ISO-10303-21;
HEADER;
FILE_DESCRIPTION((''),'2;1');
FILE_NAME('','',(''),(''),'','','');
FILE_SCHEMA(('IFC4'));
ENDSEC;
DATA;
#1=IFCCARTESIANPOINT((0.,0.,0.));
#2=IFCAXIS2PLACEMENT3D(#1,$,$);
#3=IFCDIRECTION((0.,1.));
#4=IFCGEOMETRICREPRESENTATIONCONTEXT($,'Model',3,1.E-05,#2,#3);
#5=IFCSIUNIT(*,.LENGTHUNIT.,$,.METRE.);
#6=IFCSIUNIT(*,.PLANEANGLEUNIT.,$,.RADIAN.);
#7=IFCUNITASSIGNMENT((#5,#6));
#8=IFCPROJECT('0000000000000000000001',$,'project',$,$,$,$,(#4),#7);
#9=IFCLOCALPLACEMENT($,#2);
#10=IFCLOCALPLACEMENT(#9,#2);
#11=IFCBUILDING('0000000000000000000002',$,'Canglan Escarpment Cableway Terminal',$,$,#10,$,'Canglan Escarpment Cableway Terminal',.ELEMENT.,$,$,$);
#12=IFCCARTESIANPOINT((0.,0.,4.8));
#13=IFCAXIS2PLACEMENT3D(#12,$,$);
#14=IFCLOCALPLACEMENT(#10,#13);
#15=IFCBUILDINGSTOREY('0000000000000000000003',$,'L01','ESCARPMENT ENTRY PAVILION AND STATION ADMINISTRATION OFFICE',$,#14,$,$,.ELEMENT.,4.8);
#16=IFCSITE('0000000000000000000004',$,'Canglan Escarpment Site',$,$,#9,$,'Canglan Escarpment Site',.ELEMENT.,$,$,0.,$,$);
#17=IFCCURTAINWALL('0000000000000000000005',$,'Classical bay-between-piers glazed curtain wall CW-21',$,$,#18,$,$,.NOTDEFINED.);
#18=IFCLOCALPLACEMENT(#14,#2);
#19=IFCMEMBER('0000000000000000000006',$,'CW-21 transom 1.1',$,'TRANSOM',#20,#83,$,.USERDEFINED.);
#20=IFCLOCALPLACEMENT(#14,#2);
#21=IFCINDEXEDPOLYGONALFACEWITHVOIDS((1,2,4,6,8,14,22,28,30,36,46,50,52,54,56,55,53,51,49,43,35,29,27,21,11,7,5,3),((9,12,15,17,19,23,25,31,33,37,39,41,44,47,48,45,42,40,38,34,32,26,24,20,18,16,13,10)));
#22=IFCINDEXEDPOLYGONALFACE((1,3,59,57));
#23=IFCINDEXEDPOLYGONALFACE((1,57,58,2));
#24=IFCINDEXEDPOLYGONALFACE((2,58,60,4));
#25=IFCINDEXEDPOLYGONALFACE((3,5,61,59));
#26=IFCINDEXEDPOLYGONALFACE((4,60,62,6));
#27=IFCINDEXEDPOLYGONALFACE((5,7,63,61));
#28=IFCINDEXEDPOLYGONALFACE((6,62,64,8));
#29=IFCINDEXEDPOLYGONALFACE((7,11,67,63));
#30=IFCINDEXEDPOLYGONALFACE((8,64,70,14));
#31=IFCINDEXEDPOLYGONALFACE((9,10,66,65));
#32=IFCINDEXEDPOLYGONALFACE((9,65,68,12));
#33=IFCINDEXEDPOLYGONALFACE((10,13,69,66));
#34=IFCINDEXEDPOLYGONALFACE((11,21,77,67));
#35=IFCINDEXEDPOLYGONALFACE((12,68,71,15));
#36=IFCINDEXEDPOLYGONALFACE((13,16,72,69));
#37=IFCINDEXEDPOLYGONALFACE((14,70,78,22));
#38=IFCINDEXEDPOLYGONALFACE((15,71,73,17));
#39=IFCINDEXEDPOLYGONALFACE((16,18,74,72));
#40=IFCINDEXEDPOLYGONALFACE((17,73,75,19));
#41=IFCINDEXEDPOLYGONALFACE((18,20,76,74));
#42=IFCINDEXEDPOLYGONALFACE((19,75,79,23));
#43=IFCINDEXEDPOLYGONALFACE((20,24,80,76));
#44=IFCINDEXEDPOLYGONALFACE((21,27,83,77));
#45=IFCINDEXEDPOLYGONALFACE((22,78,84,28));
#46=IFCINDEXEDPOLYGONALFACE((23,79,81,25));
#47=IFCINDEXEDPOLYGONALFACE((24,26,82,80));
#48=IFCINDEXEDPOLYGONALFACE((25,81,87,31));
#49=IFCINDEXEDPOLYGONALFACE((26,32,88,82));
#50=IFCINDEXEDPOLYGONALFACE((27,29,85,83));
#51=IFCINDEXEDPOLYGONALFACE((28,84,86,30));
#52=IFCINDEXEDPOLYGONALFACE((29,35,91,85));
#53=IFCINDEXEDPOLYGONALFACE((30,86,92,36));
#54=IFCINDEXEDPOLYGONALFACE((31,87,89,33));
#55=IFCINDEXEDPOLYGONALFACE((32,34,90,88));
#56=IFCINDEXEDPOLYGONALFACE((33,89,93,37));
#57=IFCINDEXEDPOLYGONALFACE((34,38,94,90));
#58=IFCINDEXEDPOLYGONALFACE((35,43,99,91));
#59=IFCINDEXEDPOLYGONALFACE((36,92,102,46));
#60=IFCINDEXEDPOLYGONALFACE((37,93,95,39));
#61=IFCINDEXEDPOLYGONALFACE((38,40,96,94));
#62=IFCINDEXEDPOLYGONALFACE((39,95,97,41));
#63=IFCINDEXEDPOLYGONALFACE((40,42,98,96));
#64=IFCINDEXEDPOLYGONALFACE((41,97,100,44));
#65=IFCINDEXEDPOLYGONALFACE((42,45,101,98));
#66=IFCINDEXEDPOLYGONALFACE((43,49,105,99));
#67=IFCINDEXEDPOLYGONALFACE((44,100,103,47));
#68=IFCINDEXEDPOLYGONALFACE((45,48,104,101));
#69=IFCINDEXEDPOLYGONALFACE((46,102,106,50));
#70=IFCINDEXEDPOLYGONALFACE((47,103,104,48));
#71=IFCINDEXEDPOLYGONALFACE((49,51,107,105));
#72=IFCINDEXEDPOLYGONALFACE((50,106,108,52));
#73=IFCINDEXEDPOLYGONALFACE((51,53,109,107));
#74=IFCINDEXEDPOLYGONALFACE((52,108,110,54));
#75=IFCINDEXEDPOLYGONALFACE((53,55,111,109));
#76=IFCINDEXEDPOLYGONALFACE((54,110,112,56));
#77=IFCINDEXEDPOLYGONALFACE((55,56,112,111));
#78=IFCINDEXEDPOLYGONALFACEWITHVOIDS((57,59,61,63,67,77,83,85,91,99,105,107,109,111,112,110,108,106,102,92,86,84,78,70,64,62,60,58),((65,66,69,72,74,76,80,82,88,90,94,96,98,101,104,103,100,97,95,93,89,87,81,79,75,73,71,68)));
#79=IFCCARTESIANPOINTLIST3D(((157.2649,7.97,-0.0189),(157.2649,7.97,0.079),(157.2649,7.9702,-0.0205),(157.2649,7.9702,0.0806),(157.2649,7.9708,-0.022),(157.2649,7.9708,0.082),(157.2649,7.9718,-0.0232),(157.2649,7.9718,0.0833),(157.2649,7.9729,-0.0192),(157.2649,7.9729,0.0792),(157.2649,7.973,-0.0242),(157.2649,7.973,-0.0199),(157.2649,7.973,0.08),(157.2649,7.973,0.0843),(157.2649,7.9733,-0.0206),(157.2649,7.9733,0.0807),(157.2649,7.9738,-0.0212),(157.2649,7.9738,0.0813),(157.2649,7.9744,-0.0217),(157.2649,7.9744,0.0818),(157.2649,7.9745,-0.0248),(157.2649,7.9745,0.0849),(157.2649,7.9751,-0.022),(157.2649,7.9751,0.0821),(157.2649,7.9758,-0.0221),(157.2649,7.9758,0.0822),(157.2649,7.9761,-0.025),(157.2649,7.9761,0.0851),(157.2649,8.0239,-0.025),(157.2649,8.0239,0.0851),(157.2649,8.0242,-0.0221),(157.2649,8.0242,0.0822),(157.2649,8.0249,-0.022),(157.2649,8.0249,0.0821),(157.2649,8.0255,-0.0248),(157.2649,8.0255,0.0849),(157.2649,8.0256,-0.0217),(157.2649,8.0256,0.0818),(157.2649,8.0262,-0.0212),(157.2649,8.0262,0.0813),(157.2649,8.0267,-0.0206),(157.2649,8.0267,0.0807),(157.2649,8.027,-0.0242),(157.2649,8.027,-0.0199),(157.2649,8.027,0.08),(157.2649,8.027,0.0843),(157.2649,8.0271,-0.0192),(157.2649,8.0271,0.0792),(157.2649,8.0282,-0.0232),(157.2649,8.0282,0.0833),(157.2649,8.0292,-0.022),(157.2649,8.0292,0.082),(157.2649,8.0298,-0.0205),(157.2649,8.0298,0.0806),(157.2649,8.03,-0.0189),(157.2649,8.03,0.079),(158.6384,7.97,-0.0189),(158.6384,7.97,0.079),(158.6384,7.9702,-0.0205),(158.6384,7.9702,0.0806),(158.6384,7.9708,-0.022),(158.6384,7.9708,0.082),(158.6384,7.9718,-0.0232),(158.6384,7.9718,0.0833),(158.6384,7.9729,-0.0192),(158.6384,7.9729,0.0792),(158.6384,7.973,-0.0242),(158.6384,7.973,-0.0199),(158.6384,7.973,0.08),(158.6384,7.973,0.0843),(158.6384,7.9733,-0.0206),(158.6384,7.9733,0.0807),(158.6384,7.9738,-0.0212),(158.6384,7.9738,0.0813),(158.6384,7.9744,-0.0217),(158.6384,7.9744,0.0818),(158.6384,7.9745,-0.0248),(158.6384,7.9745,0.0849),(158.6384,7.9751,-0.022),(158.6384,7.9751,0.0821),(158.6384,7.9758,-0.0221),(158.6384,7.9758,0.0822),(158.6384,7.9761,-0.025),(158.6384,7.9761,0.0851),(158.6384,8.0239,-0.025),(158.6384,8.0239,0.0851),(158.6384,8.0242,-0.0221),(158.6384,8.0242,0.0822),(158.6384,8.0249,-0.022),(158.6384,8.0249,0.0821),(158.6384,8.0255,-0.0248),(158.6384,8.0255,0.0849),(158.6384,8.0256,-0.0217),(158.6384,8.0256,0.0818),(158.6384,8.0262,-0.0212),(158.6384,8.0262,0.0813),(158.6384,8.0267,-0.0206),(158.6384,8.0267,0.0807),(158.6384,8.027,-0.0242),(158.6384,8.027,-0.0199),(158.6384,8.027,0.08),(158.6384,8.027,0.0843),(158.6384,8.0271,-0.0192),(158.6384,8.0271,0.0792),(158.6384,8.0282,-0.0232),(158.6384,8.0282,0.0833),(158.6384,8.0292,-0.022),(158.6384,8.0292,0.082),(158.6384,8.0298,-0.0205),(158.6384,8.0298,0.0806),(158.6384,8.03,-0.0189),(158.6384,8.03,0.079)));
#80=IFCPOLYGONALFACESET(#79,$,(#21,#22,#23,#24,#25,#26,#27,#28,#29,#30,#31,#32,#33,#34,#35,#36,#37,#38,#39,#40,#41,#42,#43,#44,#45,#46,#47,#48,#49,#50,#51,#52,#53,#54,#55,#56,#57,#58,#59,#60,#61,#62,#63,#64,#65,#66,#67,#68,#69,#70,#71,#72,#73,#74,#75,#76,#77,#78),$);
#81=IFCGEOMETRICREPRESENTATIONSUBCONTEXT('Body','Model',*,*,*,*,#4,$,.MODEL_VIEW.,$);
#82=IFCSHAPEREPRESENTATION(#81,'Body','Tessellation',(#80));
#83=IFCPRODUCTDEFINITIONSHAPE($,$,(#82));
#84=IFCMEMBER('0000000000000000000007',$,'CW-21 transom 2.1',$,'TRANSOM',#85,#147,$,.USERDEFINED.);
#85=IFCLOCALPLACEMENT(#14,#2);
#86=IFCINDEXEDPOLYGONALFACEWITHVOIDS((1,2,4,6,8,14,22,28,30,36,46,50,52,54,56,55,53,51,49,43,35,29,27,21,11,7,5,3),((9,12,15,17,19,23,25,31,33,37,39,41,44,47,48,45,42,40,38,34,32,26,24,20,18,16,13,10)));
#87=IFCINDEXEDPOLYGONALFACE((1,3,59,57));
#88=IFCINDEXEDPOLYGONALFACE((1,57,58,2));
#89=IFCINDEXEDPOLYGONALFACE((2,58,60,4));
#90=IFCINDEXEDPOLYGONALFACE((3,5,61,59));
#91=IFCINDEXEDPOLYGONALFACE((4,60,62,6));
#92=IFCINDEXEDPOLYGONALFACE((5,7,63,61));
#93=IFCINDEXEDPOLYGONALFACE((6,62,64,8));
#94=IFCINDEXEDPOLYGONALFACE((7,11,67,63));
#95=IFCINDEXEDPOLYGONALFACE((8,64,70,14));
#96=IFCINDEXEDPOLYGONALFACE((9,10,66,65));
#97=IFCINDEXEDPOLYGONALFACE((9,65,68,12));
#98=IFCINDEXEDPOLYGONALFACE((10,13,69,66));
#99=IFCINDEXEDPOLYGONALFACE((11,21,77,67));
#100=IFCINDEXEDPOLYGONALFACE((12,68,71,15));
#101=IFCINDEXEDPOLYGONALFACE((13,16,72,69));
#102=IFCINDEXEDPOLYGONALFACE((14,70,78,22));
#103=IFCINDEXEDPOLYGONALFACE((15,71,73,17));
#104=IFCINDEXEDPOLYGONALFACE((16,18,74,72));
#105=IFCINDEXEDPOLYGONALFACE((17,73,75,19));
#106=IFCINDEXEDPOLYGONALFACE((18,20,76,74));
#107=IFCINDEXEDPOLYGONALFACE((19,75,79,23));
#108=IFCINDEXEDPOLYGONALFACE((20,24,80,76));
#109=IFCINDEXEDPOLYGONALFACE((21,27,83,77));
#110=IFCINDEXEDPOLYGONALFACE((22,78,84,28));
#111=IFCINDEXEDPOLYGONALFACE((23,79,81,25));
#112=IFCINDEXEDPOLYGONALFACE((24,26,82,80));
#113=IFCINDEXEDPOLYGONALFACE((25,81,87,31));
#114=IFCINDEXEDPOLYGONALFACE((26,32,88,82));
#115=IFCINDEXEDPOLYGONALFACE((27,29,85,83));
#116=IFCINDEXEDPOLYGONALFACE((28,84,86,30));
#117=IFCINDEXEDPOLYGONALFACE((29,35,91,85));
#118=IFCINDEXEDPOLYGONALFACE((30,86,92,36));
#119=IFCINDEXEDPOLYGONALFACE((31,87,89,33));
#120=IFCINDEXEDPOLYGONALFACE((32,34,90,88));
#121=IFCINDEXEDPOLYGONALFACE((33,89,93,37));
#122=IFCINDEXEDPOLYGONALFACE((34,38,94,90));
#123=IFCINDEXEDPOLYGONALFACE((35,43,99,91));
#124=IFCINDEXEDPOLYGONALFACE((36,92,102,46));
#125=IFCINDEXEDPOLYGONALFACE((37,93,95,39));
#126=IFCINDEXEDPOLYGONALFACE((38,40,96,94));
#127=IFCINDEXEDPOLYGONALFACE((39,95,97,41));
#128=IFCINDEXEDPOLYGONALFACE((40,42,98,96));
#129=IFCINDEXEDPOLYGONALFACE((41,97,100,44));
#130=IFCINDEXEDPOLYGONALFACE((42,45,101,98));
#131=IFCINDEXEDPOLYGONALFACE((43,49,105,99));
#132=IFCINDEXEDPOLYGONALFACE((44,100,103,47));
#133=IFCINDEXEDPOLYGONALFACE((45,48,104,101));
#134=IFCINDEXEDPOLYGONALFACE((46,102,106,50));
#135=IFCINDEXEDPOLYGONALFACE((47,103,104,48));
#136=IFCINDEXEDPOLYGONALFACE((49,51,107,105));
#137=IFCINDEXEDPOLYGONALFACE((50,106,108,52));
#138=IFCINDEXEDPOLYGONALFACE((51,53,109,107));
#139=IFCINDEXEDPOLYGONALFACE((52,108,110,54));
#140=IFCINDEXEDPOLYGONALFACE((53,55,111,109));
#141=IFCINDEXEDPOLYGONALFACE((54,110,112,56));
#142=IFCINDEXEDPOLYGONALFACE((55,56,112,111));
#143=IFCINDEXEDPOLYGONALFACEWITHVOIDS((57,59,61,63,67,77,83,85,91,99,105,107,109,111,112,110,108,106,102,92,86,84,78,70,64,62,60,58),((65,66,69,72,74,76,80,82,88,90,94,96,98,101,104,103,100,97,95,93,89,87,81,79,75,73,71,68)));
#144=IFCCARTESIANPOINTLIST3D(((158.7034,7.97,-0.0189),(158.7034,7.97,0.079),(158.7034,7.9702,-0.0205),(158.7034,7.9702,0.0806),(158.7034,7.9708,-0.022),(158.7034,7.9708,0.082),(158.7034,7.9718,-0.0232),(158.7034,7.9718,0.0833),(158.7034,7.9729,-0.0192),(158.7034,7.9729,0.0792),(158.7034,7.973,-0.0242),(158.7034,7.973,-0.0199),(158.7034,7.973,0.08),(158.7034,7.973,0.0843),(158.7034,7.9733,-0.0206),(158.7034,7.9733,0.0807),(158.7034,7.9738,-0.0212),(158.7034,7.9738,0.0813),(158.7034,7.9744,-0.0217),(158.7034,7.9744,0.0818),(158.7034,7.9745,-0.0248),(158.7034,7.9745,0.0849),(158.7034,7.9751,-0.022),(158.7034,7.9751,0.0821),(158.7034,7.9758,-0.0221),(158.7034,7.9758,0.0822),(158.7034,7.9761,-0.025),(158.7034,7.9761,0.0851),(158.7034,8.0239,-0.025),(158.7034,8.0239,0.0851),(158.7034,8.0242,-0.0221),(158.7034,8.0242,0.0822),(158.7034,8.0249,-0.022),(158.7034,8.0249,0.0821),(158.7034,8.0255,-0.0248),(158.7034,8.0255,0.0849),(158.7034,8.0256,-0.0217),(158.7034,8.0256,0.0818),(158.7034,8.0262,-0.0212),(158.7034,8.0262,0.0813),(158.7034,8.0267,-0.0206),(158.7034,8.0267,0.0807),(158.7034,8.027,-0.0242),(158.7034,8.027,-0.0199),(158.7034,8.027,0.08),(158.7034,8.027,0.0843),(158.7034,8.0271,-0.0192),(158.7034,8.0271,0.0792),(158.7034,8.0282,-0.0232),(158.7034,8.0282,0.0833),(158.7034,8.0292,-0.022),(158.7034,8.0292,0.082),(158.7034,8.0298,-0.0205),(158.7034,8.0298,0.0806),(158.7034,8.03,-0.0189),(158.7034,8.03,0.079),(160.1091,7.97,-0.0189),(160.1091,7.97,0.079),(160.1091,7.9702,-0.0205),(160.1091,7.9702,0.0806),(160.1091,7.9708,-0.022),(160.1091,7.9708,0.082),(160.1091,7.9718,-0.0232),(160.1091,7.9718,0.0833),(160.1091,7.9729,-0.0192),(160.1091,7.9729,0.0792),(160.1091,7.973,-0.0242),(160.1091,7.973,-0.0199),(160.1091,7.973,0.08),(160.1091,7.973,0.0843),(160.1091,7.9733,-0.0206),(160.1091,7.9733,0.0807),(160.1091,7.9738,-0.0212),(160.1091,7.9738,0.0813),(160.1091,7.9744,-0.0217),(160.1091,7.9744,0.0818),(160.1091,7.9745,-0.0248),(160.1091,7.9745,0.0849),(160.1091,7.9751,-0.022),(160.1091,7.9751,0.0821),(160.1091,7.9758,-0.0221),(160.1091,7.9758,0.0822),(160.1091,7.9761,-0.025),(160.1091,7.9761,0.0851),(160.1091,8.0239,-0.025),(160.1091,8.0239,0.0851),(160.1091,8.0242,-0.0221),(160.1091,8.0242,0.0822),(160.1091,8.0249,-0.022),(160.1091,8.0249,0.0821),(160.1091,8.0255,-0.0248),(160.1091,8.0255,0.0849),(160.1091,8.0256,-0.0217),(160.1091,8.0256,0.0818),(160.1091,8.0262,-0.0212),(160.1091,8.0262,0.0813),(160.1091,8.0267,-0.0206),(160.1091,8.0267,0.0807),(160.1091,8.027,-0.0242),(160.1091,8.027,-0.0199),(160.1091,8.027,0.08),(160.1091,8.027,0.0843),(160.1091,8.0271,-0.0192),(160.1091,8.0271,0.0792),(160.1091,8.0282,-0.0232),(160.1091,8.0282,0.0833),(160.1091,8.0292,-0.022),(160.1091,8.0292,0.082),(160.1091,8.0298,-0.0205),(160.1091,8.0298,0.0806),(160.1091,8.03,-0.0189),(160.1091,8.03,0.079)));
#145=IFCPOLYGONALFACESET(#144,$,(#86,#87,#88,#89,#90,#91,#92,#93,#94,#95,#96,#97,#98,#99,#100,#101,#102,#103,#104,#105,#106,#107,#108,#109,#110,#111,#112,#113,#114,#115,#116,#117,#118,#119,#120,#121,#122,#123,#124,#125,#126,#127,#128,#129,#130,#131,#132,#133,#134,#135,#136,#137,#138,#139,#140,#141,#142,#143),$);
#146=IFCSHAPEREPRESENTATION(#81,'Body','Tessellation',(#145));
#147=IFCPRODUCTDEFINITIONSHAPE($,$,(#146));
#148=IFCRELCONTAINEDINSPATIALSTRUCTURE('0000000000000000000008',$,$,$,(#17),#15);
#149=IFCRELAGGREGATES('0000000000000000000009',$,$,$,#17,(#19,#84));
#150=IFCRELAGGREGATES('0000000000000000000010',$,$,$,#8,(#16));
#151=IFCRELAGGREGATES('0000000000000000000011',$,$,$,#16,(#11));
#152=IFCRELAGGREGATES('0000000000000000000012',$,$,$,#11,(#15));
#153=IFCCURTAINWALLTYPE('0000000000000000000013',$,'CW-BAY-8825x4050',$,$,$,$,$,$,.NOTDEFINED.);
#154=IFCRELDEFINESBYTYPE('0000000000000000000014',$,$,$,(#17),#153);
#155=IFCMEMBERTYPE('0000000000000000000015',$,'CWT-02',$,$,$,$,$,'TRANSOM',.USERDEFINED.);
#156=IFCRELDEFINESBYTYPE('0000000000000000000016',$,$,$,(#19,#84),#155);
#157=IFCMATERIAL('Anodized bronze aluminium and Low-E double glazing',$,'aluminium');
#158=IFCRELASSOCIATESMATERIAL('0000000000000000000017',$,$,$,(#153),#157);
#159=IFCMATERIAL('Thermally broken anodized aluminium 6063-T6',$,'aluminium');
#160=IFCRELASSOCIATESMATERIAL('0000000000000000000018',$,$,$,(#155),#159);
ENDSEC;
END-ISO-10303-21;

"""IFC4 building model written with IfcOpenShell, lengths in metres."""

from ifc_helpers import new_model, si_unit, direction, frame, origin, origin_2d, place, context, subcontext, project, spatial, hollow_rectangle, extrude, material, material_profile, profile_set, type_object, element, aggregate, save


model = new_model("IFC4")

# Units and contexts
model_context = context("Model", 3, precision=1e-05, world=origin(), true_north=direction((0.0, 1.0)))
body_context = subcontext(model_context, "Body", "Model", "MODEL_VIEW")
ifc_project = project(units=[si_unit("LENGTHUNIT", "METRE"), si_unit("PLANEANGLEUNIT", "RADIAN")], contexts=[model_context])

# Site, building, storey
site_placement = place(None, origin())
site = spatial("IfcSite", under=ifc_project, at=site_placement, Name="Canglan Escarpment Site", LongName="Canglan Escarpment Site", CompositionType="ELEMENT", RefElevation=0.0)
building_placement = place(site_placement, origin())
building = spatial("IfcBuilding", under=site, at=building_placement, Name="Canglan Escarpment Cableway Terminal", LongName="Canglan Escarpment Cableway Terminal", CompositionType="ELEMENT")
storey_placement = place(building_placement, frame((0.0, 0.0, 4.8)))
storey = spatial("IfcBuildingStorey", under=building, at=storey_placement, Name="L01", Description="ESCARPMENT ENTRY PAVILION AND STATION ADMINISTRATION OFFICE", CompositionType="ELEMENT", Elevation=4.8)

# Curtain wall, members
ifc_material_1 = material(Name="Anodized bronze aluminium and Low-E double glazing", Category="aluminium")
curtain_wall_type = type_object("IfcCurtainWallType", Name="CW-BAY-8825x4050", PredefinedType="NOTDEFINED", material=ifc_material_1)
curtain_wall_placement = place(storey_placement, origin())
curtain_wall = element("IfcCurtainWall", 1, at=curtain_wall_placement, inside=storey, type_object=curtain_wall_type, Name="Classical bay-between-piers glazed curtain wall CW-21", PredefinedType="NOTDEFINED")
ifc_material_2 = material(Name="Thermally broken anodized aluminium 6063-T6", Category="aluminium")
ifc_material_profile_1 = material_profile(ifc_material_2, hollow_rectangle(XDim=0.0601, YDim=0.1101, WallThickness=0.0029, InnerFilletRadius=0.0029, OuterFilletRadius=0.0061, at=origin_2d()), Name="ALU-TRAN 60x110x3")
ifc_profile_set_1 = profile_set([ifc_material_profile_1], Name="Thermally broken anodized aluminium 6063-T6")
member_type_1 = type_object("IfcMemberType", Name="CWT-02", ElementType="TRANSOM", PredefinedType="USERDEFINED", material=ifc_profile_set_1)
member_1_placement = place(storey_placement, frame((157.2649, 8.0, 0.03), z_axis=(1.0, 0.0, 0.0), x_axis=(0.0, 1.0, 0.0)))
member_1 = element("IfcMember", 2, at=member_1_placement, type_object=member_type_1, Name="CW-21 transom 1.1", ObjectType="TRANSOM", PredefinedType="USERDEFINED", context=body_context, shape_type="SweptSolid", body=[
    extrude(hollow_rectangle(XDim=0.0601, YDim=0.1101, WallThickness=0.0029, InnerFilletRadius=0.0029, OuterFilletRadius=0.0061, at=origin_2d()), origin(), (0.0, 0.0, 1.0), 1.3735),
])
member_2_placement = place(storey_placement, frame((158.7034, 8.0, 0.03), z_axis=(1.0, 0.0, 0.0), x_axis=(0.0, 1.0, 0.0)))
member_2 = element("IfcMember", 3, at=member_2_placement, type_object=member_type_1, Name="CW-21 transom 2.1", ObjectType="TRANSOM", PredefinedType="USERDEFINED", context=body_context, shape_type="SweptSolid", body=[
    extrude(hollow_rectangle(XDim=0.0601, YDim=0.1101, WallThickness=0.0029, InnerFilletRadius=0.0029, OuterFilletRadius=0.0061, at=origin_2d()), origin(), (0.0, 0.0, 1.0), 1.4058),
])
aggregate(curtain_wall, [member_1, member_2])

save(model, "model.ifc")
